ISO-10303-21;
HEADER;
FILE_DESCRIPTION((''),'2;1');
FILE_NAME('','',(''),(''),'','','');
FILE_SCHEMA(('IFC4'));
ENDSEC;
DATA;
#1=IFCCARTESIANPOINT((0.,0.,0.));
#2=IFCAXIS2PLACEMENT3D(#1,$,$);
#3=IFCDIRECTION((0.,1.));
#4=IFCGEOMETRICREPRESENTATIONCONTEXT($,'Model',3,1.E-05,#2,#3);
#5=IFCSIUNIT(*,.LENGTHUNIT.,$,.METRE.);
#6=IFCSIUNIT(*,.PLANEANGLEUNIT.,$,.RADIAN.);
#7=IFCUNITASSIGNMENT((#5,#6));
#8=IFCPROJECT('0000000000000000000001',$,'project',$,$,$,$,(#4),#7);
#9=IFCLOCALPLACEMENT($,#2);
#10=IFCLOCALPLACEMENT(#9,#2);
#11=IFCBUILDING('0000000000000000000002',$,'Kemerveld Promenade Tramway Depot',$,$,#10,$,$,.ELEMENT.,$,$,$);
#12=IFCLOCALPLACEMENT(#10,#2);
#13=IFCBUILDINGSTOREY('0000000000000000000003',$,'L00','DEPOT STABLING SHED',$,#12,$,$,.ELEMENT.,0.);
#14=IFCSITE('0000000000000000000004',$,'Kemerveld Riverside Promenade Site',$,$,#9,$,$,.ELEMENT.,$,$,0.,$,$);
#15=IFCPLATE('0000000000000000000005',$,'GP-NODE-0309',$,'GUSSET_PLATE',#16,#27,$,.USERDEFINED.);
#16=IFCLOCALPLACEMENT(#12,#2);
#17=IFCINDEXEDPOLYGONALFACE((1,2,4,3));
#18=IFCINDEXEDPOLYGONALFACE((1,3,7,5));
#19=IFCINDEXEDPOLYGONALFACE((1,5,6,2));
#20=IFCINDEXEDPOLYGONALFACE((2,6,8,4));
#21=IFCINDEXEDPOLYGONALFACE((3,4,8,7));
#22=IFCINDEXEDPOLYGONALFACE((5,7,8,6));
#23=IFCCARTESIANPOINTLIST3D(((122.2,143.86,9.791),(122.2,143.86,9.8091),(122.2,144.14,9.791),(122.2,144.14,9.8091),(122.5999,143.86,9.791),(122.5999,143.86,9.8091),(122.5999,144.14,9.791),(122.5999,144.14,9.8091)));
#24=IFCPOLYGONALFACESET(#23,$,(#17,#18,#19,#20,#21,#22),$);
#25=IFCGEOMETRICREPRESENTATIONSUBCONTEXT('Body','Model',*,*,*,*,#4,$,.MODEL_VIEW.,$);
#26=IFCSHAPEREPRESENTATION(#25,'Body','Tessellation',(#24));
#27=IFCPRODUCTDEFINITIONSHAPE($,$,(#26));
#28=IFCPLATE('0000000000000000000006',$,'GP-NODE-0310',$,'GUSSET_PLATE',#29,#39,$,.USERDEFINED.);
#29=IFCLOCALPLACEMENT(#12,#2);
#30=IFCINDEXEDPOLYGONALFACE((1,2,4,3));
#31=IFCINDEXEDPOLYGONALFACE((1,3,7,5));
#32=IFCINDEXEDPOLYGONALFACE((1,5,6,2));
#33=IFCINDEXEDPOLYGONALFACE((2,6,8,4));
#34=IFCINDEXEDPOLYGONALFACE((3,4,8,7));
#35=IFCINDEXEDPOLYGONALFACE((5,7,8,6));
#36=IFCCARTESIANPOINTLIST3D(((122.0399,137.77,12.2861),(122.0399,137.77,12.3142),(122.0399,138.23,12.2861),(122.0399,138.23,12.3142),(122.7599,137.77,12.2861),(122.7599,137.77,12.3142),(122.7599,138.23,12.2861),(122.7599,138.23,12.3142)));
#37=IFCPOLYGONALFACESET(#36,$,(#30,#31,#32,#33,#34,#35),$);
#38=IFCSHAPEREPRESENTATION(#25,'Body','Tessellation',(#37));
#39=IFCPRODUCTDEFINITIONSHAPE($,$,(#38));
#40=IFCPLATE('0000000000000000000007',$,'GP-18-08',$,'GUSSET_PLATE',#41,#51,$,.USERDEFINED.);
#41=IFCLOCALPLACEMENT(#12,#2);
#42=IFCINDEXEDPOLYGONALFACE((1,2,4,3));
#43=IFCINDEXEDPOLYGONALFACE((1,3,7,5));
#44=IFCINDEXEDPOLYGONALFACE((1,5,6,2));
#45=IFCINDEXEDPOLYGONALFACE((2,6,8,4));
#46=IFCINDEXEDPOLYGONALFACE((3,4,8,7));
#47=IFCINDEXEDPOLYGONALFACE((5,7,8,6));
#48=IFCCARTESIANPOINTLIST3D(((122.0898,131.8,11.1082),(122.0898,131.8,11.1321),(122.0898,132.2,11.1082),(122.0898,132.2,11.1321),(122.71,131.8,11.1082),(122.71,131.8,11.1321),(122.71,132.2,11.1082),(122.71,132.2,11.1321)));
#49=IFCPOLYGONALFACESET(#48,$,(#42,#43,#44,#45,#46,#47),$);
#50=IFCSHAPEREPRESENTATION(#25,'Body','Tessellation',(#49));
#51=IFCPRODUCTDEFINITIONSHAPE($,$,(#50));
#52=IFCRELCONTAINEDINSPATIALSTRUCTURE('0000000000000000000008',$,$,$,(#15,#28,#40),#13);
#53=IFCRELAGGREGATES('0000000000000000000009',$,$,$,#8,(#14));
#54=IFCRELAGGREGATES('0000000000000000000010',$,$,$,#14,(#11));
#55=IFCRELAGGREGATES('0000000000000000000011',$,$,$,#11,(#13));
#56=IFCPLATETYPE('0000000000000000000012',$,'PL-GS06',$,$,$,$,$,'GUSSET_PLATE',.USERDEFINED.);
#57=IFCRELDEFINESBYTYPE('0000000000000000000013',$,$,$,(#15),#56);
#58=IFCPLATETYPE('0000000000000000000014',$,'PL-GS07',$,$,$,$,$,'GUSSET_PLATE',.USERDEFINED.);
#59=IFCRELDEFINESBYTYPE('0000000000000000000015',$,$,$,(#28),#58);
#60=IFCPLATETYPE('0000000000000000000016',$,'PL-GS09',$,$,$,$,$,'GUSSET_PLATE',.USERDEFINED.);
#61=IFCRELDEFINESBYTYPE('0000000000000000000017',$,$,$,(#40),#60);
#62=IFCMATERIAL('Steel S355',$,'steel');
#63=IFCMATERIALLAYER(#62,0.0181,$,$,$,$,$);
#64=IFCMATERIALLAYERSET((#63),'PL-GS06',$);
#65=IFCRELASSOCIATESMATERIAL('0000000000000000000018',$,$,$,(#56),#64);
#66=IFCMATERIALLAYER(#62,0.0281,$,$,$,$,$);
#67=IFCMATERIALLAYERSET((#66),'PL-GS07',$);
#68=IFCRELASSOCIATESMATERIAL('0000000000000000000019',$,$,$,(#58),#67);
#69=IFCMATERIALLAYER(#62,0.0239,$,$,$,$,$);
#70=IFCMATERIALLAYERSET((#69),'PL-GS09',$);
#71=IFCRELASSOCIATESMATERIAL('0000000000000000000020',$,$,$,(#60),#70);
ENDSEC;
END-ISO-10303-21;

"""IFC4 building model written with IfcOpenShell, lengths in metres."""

from ifc_helpers import new_model, si_unit, direction, frame, origin, origin_2d, place, context, subcontext, project, spatial, rectangle, extrude, material, layer, layer_set, type_object, element, save


model = new_model("IFC4")

# Units and contexts
model_context = context("Model", 3, precision=1e-05, world=origin(), true_north=direction((0.0, 1.0)))
body_context = subcontext(model_context, "Body", "Model", "MODEL_VIEW")
ifc_project = project(units=[si_unit("LENGTHUNIT", "METRE"), si_unit("PLANEANGLEUNIT", "RADIAN")], contexts=[model_context])

# Site, building, storey
site_placement = place(None, origin())
site = spatial("IfcSite", under=ifc_project, at=site_placement, Name="Kemerveld Riverside Promenade Site", CompositionType="ELEMENT", RefElevation=0.0)
building_placement = place(site_placement, origin())
building = spatial("IfcBuilding", under=site, at=building_placement, Name="Kemerveld Promenade Tramway Depot", CompositionType="ELEMENT")
storey_placement = place(building_placement, origin())
storey = spatial("IfcBuildingStorey", under=building, at=storey_placement, Name="L00", Description="DEPOT STABLING SHED", CompositionType="ELEMENT", Elevation=0.0)

# Shared definitions
ifc_material_1 = material(Name="Steel S355", Category="steel")

# Plates
ifc_layer_1 = layer(ifc_material_1, 0.0181)
ifc_layer_set_1 = layer_set([ifc_layer_1], Name="PL-GS06")
plate_type_1 = type_object("IfcPlateType", Name="PL-GS06", ElementType="GUSSET_PLATE", PredefinedType="USERDEFINED", material=ifc_layer_set_1)
plate_1_placement = place(storey_placement, frame((122.3999, 144.0, 9.791), z_axis=(0.0, 0.0, 1.0), x_axis=(1.0, 0.0, 0.0)))
element("IfcPlate", 1, at=plate_1_placement, inside=storey, type_object=plate_type_1, Name="GP-NODE-0309", ObjectType="GUSSET_PLATE", PredefinedType="USERDEFINED", context=body_context, shape_type="SweptSolid", body=[
    extrude(rectangle(XDim=0.3999, YDim=0.28, at=origin_2d()), origin(), (0.0, 0.0, 1.0), 0.0181),
])
ifc_layer_2 = layer(ifc_material_1, 0.0281)
ifc_layer_set_2 = layer_set([ifc_layer_2], Name="PL-GS07")
plate_type_2 = type_object("IfcPlateType", Name="PL-GS07", ElementType="GUSSET_PLATE", PredefinedType="USERDEFINED", material=ifc_layer_set_2)
plate_2_placement = place(storey_placement, frame((122.3999, 138.0, 12.2861), z_axis=(0.0, 0.0, 1.0), x_axis=(1.0, 0.0, 0.0)))
element("IfcPlate", 2, at=plate_2_placement, inside=storey, type_object=plate_type_2, Name="GP-NODE-0310", ObjectType="GUSSET_PLATE", PredefinedType="USERDEFINED", context=body_context, shape_type="SweptSolid", body=[
    extrude(rectangle(XDim=0.72, YDim=0.46, at=origin_2d()), origin(), (0.0, 0.0, 1.0), 0.0281),
])
ifc_layer_3 = layer(ifc_material_1, 0.0239)
ifc_layer_set_3 = layer_set([ifc_layer_3], Name="PL-GS09")
plate_type_3 = type_object("IfcPlateType", Name="PL-GS09", ElementType="GUSSET_PLATE", PredefinedType="USERDEFINED", material=ifc_layer_set_3)
plate_3_placement = place(storey_placement, frame((122.3999, 132.0, 11.1082), z_axis=(0.0, 0.0, 1.0), x_axis=(1.0, 0.0, 0.0)))
element("IfcPlate", 3, at=plate_3_placement, inside=storey, type_object=plate_type_3, Name="GP-18-08", ObjectType="GUSSET_PLATE", PredefinedType="USERDEFINED", context=body_context, shape_type="SweptSolid", body=[
    extrude(rectangle(XDim=0.6201, YDim=0.3999, at=origin_2d()), origin(), (0.0, 0.0, 1.0), 0.0239),
])

save(model, "model.ifc")
